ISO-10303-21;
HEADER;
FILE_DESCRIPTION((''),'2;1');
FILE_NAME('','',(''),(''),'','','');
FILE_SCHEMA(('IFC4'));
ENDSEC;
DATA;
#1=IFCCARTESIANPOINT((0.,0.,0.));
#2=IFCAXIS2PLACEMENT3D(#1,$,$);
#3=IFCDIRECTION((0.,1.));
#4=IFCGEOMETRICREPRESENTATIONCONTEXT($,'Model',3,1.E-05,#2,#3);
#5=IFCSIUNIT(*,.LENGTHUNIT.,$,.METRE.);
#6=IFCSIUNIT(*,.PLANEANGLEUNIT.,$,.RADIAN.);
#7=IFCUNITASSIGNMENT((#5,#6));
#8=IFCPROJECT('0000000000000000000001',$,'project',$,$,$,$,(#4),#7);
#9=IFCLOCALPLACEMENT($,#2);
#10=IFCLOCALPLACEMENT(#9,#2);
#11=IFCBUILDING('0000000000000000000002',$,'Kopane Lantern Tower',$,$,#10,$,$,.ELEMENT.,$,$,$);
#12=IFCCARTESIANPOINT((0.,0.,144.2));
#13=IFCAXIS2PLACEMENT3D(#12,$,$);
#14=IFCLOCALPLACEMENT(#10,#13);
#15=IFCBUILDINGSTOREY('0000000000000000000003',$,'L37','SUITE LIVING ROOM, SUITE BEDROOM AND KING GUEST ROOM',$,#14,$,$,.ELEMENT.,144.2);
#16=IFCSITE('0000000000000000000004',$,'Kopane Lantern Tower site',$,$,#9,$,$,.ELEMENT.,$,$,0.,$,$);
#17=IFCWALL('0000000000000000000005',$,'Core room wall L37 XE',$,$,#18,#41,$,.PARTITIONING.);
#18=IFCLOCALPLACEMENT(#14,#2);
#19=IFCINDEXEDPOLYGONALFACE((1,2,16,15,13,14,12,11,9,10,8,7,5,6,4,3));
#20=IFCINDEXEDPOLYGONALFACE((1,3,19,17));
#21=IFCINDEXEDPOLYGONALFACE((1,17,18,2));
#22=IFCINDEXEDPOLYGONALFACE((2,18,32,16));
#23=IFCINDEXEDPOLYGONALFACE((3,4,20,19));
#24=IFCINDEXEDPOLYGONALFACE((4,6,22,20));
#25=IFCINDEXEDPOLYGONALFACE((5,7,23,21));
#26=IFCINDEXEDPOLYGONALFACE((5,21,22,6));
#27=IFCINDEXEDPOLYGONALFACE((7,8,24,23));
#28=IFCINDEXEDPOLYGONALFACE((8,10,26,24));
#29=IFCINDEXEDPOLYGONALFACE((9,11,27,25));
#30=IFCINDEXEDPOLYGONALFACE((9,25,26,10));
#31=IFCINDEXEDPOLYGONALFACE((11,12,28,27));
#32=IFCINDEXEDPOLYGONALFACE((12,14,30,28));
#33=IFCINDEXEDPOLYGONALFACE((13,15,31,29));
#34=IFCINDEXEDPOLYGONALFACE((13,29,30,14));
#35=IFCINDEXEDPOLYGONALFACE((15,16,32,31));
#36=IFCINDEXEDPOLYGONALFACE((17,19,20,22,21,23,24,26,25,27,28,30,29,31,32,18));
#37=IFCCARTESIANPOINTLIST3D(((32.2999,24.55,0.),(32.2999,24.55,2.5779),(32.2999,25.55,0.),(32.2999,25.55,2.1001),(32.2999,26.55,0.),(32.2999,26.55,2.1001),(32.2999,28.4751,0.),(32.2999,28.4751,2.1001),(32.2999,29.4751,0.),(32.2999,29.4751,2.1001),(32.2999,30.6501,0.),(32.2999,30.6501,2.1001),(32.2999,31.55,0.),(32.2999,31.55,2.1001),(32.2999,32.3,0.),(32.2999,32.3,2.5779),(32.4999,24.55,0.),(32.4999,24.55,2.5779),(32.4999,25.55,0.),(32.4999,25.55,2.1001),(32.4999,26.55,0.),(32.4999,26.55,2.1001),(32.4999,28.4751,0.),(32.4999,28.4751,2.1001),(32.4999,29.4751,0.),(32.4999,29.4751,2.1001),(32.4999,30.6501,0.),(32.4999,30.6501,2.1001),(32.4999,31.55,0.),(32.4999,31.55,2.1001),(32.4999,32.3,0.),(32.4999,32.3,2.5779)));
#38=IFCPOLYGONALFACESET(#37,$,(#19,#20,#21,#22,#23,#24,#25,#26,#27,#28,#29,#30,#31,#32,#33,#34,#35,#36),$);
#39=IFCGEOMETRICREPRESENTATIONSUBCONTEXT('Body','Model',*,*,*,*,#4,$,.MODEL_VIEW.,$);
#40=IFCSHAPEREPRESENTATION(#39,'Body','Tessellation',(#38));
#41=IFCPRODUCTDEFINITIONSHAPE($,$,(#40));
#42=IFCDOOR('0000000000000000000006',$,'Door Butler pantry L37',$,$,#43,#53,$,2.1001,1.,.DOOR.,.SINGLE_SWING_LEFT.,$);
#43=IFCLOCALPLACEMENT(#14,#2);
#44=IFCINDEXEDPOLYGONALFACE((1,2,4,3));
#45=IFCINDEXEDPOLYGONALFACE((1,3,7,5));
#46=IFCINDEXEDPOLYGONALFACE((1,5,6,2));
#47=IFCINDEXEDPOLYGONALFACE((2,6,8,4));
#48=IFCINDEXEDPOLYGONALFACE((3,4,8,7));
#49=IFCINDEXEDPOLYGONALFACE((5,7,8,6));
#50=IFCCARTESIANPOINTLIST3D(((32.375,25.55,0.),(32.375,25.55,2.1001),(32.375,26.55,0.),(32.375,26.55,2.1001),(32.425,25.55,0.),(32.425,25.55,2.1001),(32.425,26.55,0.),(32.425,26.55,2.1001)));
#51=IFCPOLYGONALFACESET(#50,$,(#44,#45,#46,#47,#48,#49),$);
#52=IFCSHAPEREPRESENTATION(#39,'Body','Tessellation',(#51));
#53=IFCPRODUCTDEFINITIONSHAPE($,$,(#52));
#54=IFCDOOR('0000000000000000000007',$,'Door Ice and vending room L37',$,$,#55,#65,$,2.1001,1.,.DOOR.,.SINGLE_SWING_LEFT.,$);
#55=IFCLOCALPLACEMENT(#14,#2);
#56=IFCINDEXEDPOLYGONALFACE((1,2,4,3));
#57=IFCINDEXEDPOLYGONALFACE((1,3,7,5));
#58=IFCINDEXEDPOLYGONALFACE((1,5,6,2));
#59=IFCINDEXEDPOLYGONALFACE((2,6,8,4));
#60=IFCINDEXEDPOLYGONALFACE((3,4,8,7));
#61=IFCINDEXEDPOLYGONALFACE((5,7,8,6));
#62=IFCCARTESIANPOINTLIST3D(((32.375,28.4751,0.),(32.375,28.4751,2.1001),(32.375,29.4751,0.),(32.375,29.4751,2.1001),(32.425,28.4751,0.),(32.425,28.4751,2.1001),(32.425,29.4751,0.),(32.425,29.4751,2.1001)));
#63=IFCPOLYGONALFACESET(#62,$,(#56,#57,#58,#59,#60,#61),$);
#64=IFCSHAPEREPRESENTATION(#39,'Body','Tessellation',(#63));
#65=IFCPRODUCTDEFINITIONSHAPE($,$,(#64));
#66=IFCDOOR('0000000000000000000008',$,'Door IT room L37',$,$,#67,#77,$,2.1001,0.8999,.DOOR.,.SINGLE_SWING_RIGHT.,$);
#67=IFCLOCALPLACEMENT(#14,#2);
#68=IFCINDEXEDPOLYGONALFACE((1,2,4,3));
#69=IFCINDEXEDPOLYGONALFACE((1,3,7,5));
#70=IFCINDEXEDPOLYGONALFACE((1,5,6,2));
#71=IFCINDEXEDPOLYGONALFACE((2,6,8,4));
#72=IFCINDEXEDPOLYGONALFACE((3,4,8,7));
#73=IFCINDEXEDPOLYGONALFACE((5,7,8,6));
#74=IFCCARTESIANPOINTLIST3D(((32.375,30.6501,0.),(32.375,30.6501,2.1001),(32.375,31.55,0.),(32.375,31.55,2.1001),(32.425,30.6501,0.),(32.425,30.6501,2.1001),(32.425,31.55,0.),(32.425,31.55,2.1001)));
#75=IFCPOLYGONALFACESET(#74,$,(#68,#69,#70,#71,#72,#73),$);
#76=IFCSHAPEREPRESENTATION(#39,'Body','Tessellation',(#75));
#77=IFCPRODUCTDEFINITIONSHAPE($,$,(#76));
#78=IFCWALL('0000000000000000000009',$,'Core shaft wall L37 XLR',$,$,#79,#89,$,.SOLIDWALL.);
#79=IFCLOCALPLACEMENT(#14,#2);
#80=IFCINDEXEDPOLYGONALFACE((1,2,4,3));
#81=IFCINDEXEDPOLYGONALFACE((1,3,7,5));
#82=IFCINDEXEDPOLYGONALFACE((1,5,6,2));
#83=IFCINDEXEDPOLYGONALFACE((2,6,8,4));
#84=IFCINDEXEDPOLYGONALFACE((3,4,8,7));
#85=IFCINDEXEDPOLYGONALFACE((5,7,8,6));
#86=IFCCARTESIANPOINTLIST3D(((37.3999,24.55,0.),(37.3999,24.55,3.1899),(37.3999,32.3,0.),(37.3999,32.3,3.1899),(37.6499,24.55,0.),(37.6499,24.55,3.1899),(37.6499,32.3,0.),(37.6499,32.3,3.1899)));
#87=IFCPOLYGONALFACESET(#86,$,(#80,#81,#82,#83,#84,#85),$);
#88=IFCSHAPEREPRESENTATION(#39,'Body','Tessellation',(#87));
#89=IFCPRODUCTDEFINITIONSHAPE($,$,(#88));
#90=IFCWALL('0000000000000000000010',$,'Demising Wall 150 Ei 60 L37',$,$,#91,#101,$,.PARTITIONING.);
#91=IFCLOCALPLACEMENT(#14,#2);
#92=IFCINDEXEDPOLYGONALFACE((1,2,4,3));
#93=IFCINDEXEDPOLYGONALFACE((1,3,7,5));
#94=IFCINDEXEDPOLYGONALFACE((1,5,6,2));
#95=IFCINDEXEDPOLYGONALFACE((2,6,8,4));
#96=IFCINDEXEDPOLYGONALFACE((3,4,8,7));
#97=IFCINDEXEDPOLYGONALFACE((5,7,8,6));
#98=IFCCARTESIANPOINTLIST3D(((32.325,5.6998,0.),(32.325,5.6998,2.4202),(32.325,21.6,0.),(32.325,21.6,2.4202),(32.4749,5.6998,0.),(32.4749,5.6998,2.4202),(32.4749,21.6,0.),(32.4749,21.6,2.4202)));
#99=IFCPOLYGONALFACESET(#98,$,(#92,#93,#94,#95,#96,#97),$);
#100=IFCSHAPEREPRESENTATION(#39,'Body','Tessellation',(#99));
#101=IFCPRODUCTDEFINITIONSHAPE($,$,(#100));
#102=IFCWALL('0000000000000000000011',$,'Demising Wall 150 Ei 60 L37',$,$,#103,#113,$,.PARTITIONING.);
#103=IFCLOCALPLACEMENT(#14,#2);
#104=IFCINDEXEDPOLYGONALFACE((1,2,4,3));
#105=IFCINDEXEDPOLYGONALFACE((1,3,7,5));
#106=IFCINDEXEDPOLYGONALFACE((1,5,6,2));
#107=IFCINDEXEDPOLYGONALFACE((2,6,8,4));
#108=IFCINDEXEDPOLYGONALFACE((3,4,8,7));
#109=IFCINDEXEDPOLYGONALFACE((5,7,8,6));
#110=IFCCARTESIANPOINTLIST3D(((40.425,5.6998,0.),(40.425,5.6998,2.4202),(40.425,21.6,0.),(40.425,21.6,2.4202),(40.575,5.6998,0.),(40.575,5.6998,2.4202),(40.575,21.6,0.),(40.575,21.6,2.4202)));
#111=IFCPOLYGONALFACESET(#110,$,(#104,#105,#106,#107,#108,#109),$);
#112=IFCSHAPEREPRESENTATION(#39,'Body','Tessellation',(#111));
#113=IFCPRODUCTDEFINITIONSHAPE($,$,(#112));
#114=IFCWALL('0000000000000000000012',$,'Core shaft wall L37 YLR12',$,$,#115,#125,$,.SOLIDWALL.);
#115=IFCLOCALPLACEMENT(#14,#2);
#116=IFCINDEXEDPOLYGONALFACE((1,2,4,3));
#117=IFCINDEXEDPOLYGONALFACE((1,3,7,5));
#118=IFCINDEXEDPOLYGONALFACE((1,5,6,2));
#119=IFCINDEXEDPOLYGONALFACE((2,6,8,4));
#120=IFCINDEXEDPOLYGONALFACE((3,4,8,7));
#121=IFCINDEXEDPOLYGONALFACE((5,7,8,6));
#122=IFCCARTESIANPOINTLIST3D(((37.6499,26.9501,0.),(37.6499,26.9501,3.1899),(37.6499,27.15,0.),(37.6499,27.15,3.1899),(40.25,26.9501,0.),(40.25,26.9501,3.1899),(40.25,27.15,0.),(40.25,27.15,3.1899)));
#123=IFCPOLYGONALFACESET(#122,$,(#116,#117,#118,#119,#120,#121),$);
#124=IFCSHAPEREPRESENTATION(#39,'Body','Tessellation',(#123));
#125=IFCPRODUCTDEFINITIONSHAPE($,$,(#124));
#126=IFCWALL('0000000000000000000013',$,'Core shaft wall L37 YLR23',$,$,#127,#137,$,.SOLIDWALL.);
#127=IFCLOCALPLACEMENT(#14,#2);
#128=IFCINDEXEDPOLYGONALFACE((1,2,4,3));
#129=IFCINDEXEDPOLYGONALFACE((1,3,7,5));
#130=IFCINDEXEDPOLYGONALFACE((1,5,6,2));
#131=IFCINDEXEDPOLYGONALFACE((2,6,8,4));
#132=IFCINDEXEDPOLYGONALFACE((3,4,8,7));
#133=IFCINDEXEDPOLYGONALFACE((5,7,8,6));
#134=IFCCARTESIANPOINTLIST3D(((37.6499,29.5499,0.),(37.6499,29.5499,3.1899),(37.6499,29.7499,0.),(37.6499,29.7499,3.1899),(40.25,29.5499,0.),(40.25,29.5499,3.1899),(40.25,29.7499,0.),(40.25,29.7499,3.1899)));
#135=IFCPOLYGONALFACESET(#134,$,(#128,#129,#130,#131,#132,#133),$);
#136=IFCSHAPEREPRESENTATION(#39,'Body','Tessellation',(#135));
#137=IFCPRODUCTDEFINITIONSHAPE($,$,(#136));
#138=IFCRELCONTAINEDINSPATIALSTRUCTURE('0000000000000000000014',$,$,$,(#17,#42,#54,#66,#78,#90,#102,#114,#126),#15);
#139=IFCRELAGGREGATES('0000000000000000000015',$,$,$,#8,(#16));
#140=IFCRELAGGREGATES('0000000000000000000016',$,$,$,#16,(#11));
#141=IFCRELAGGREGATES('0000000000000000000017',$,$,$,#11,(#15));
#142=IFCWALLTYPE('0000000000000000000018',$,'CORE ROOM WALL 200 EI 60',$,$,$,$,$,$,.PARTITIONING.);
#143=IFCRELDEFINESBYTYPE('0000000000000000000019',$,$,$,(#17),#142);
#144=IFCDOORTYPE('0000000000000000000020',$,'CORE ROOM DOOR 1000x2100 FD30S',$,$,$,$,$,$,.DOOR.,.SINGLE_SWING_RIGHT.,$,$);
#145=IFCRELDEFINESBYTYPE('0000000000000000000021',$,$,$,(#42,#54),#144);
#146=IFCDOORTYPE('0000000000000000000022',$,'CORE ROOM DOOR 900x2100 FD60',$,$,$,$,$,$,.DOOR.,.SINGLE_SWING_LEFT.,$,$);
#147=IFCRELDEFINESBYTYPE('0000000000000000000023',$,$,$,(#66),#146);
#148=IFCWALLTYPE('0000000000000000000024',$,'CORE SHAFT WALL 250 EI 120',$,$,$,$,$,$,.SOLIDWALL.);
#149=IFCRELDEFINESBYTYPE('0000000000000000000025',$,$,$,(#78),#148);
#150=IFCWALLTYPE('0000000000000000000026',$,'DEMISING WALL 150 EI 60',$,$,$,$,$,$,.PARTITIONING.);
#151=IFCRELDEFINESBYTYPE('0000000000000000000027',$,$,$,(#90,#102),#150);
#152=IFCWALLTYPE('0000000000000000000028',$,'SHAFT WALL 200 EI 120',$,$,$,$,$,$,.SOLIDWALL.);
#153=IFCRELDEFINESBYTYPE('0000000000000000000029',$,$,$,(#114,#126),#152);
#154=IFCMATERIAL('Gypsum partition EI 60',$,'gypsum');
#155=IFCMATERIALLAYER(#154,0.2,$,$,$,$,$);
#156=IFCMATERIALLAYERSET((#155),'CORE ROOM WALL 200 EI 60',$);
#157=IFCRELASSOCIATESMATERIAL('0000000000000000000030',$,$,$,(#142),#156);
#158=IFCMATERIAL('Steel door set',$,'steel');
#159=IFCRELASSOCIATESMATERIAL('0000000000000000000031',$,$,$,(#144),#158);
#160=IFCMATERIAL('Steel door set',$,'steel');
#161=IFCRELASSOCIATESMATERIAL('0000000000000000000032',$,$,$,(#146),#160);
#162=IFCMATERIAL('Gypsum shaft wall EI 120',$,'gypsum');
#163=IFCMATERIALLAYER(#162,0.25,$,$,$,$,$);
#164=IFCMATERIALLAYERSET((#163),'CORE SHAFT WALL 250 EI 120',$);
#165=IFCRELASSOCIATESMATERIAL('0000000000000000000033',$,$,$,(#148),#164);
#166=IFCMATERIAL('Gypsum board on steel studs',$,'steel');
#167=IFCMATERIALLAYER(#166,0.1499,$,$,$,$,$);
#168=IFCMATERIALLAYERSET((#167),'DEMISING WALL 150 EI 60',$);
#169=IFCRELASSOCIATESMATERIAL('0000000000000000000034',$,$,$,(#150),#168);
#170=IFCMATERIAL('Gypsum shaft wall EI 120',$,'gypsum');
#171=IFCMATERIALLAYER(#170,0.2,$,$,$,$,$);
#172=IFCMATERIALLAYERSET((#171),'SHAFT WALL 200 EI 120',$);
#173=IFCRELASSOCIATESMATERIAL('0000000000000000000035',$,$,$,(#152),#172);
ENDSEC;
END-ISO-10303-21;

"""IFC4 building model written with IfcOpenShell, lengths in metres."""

from ifc_helpers import new_model, si_unit, direction, frame, frame_2d, origin, place, context, subcontext, project, spatial, rectangle, extrude, material, layer, layer_set, type_object, element, fill, save


model = new_model("IFC4")

# Units and contexts
model_context = context("Model", 3, precision=1e-05, world=origin(), true_north=direction((0.0, 1.0)))
body_context = subcontext(model_context, "Body", "Model", "MODEL_VIEW")
ifc_project = project(units=[si_unit("LENGTHUNIT", "METRE"), si_unit("PLANEANGLEUNIT", "RADIAN")], contexts=[model_context])

# Site, building, storey
site_placement = place(None, origin())
site = spatial("IfcSite", under=ifc_project, at=site_placement, Name="Kopane Lantern Tower site", CompositionType="ELEMENT", RefElevation=0.0)
building_placement = place(site_placement, origin())
building = spatial("IfcBuilding", under=site, at=building_placement, Name="Kopane Lantern Tower", CompositionType="ELEMENT")
storey_placement = place(building_placement, frame((0.0, 0.0, 144.2)))
storey = spatial("IfcBuildingStorey", under=building, at=storey_placement, Name="L37", Description="SUITE LIVING ROOM, SUITE BEDROOM AND KING GUEST ROOM", CompositionType="ELEMENT", Elevation=144.2)

# Wall, openings, doors
ifc_material_1 = material(Name="Gypsum partition EI 60", Category="gypsum")
ifc_layer_1 = layer(ifc_material_1, 0.2)
ifc_layer_set_1 = layer_set([ifc_layer_1], Name="CORE ROOM WALL 200 EI 60")
wall_type_1 = type_object("IfcWallType", Name="CORE ROOM WALL 200 EI 60", PredefinedType="PARTITIONING", material=ifc_layer_set_1)
wall_1_placement = place(storey_placement, frame((32.3999, 24.55, 0.0), z_axis=(0.0, 0.0, 1.0), x_axis=(0.0, 1.0, 0.0)))
wall_1 = element("IfcWall", 1, at=wall_1_placement, inside=storey, type_object=wall_type_1, Name="Core room wall L37 XE", PredefinedType="PARTITIONING", context=body_context, shape_type="SweptSolid", body=[
    extrude(rectangle(XDim=7.75, YDim=0.2, at=frame_2d((3.875, 0.0))), origin(), (0.0, 0.0, 1.0), 2.5779),
])
opening_1_placement = place(wall_1_placement, frame((1.0, 0.0, 0.0)))
opening_1 = element("IfcOpeningElement", 2, at=opening_1_placement, cuts=wall_1, PredefinedType="OPENING", context=body_context, shape_type="SweptSolid", body=[
    extrude(rectangle(XDim=1.0, YDim=2.1001, at=frame_2d((0.5, 1.05))), frame((0.0, 0.1099, 0.0), z_axis=(0.0, -1.0, 0.0), x_axis=(1.0, 0.0, 0.0)), (0.0, 0.0, 1.0), 0.22),
])
opening_2_placement = place(wall_1_placement, frame((3.925, 0.0, 0.0)))
opening_2 = element("IfcOpeningElement", 3, at=opening_2_placement, cuts=wall_1, PredefinedType="OPENING", context=body_context, shape_type="SweptSolid", body=[
    extrude(rectangle(XDim=1.0, YDim=2.1001, at=frame_2d((0.5, 1.05))), frame((0.0, 0.1099, 0.0), z_axis=(0.0, -1.0, 0.0), x_axis=(1.0, 0.0, 0.0)), (0.0, 0.0, 1.0), 0.22),
])
opening_3_placement = place(wall_1_placement, frame((6.1001, 0.0, 0.0)))
opening_3 = element("IfcOpeningElement", 4, at=opening_3_placement, cuts=wall_1, PredefinedType="OPENING", context=body_context, shape_type="SweptSolid", body=[
    extrude(rectangle(XDim=0.8999, YDim=2.1001, at=frame_2d((0.45, 1.05))), frame((0.0, 0.1099, 0.0), z_axis=(0.0, -1.0, 0.0), x_axis=(1.0, 0.0, 0.0)), (0.0, 0.0, 1.0), 0.22),
])
ifc_material_2 = material(Name="Steel door set", Category="steel")
door_type_1 = type_object("IfcDoorType", Name="CORE ROOM DOOR 1000x2100 FD30S", OperationType="SINGLE_SWING_RIGHT", PredefinedType="DOOR", material=ifc_material_2)
door_1_placement = place(opening_1_placement, origin())
door_1 = element("IfcDoor", 5, at=door_1_placement, inside=storey, type_object=door_type_1, Name="Door Butler pantry L37", OperationType="SINGLE_SWING_LEFT", OverallHeight=2.1001, OverallWidth=1.0, PredefinedType="DOOR", context=body_context, shape_type="SweptSolid", body=[
    extrude(rectangle(XDim=1.0, YDim=2.1001, at=frame_2d((0.5, 1.05))), frame((0.0, 0.0249, 0.0), z_axis=(0.0, -1.0, 0.0), x_axis=(1.0, 0.0, 0.0)), (0.0, 0.0, 1.0), 0.05),
])
fill(opening_1, door_1)
door_2_placement = place(opening_2_placement, origin())
door_2 = element("IfcDoor", 6, at=door_2_placement, inside=storey, type_object=door_type_1, Name="Door Ice and vending room L37", OperationType="SINGLE_SWING_LEFT", OverallHeight=2.1001, OverallWidth=1.0, PredefinedType="DOOR", context=body_context, shape_type="SweptSolid", body=[
    extrude(rectangle(XDim=1.0, YDim=2.1001, at=frame_2d((0.5, 1.05))), frame((0.0, 0.0249, 0.0), z_axis=(0.0, -1.0, 0.0), x_axis=(1.0, 0.0, 0.0)), (0.0, 0.0, 1.0), 0.05),
])
fill(opening_2, door_2)
ifc_material_3 = material(Name="Steel door set", Category="steel")
door_type_2 = type_object("IfcDoorType", Name="CORE ROOM DOOR 900x2100 FD60", OperationType="SINGLE_SWING_LEFT", PredefinedType="DOOR", material=ifc_material_3)
door_3_placement = place(opening_3_placement, origin())
door_3 = element("IfcDoor", 7, at=door_3_placement, inside=storey, type_object=door_type_2, Name="Door IT room L37", OperationType="SINGLE_SWING_RIGHT", OverallHeight=2.1001, OverallWidth=0.8999, PredefinedType="DOOR", context=body_context, shape_type="SweptSolid", body=[
    extrude(rectangle(XDim=0.8999, YDim=2.1001, at=frame_2d((0.45, 1.05))), frame((0.0, 0.0249, 0.0), z_axis=(0.0, -1.0, 0.0), x_axis=(1.0, 0.0, 0.0)), (0.0, 0.0, 1.0), 0.05),
])
fill(opening_3, door_3)

# Walls
ifc_material_4 = material(Name="Gypsum shaft wall EI 120", Category="gypsum")
ifc_layer_2 = layer(ifc_material_4, 0.25)
ifc_layer_set_2 = layer_set([ifc_layer_2], Name="CORE SHAFT WALL 250 EI 120")
wall_type_2 = type_object("IfcWallType", Name="CORE SHAFT WALL 250 EI 120", PredefinedType="SOLIDWALL", material=ifc_layer_set_2)
wall_2_placement = place(storey_placement, frame((37.5249, 24.55, 0.0), z_axis=(0.0, 0.0, 1.0), x_axis=(0.0, 1.0, 0.0)))
element("IfcWall", 8, at=wall_2_placement, inside=storey, type_object=wall_type_2, Name="Core shaft wall L37 XLR", PredefinedType="SOLIDWALL", context=body_context, shape_type="SweptSolid", body=[
    extrude(rectangle(XDim=7.75, YDim=0.25, at=frame_2d((3.875, 0.0))), origin(), (0.0, 0.0, 1.0), 3.1899),
])
ifc_material_5 = material(Name="Gypsum board on steel studs", Category="steel")
ifc_layer_3 = layer(ifc_material_5, 0.1499)
ifc_layer_set_3 = layer_set([ifc_layer_3], Name="DEMISING WALL 150 EI 60")
wall_type_3 = type_object("IfcWallType", Name="DEMISING WALL 150 EI 60", PredefinedType="PARTITIONING", material=ifc_layer_set_3)
for number, where, z_axis, x_axis, name in (
    (9, (32.3999, 21.6001, 0.0), (0.0, 0.0, 1.0), (0.0, -1.0, 0.0), "Demising Wall 150 Ei 60 L37"),
    (10, (40.5, 21.6001, 0.0), (0.0, 0.0, 1.0), (0.0, -1.0, 0.0), "Demising Wall 150 Ei 60 L37"),
):
    element("IfcWall", number, at=place(storey_placement, frame(where, z_axis=z_axis, x_axis=x_axis)), inside=storey, type_object=wall_type_3, Name=name, PredefinedType="PARTITIONING", context=body_context, shape_type="SweptSolid", body=[
        extrude(rectangle(XDim=15.9001, YDim=0.1499, at=frame_2d((7.9502, 0.0))), origin(), (0.0, 0.0, 1.0), 2.4202),
    ])
ifc_material_6 = material(Name="Gypsum shaft wall EI 120", Category="gypsum")
ifc_layer_4 = layer(ifc_material_6, 0.2)
ifc_layer_set_4 = layer_set([ifc_layer_4], Name="SHAFT WALL 200 EI 120")
wall_type_4 = type_object("IfcWallType", Name="SHAFT WALL 200 EI 120", PredefinedType="SOLIDWALL", material=ifc_layer_set_4)
for number, where, z_axis, x_axis, name in (
    (11, (37.6499, 27.05, 0.0), (0.0, 0.0, 1.0), (1.0, 0.0, 0.0), "Core shaft wall L37 YLR12"),
    (12, (37.6499, 29.6499, 0.0), (0.0, 0.0, 1.0), (1.0, 0.0, 0.0), "Core shaft wall L37 YLR23"),
):
    element("IfcWall", number, at=place(storey_placement, frame(where, z_axis=z_axis, x_axis=x_axis)), inside=storey, type_object=wall_type_4, Name=name, PredefinedType="SOLIDWALL", context=body_context, shape_type="SweptSolid", body=[
        extrude(rectangle(XDim=2.6001, YDim=0.2, at=frame_2d((1.3, 0.0))), origin(), (0.0, 0.0, 1.0), 3.1899),
    ])

save(model, "model.ifc")
